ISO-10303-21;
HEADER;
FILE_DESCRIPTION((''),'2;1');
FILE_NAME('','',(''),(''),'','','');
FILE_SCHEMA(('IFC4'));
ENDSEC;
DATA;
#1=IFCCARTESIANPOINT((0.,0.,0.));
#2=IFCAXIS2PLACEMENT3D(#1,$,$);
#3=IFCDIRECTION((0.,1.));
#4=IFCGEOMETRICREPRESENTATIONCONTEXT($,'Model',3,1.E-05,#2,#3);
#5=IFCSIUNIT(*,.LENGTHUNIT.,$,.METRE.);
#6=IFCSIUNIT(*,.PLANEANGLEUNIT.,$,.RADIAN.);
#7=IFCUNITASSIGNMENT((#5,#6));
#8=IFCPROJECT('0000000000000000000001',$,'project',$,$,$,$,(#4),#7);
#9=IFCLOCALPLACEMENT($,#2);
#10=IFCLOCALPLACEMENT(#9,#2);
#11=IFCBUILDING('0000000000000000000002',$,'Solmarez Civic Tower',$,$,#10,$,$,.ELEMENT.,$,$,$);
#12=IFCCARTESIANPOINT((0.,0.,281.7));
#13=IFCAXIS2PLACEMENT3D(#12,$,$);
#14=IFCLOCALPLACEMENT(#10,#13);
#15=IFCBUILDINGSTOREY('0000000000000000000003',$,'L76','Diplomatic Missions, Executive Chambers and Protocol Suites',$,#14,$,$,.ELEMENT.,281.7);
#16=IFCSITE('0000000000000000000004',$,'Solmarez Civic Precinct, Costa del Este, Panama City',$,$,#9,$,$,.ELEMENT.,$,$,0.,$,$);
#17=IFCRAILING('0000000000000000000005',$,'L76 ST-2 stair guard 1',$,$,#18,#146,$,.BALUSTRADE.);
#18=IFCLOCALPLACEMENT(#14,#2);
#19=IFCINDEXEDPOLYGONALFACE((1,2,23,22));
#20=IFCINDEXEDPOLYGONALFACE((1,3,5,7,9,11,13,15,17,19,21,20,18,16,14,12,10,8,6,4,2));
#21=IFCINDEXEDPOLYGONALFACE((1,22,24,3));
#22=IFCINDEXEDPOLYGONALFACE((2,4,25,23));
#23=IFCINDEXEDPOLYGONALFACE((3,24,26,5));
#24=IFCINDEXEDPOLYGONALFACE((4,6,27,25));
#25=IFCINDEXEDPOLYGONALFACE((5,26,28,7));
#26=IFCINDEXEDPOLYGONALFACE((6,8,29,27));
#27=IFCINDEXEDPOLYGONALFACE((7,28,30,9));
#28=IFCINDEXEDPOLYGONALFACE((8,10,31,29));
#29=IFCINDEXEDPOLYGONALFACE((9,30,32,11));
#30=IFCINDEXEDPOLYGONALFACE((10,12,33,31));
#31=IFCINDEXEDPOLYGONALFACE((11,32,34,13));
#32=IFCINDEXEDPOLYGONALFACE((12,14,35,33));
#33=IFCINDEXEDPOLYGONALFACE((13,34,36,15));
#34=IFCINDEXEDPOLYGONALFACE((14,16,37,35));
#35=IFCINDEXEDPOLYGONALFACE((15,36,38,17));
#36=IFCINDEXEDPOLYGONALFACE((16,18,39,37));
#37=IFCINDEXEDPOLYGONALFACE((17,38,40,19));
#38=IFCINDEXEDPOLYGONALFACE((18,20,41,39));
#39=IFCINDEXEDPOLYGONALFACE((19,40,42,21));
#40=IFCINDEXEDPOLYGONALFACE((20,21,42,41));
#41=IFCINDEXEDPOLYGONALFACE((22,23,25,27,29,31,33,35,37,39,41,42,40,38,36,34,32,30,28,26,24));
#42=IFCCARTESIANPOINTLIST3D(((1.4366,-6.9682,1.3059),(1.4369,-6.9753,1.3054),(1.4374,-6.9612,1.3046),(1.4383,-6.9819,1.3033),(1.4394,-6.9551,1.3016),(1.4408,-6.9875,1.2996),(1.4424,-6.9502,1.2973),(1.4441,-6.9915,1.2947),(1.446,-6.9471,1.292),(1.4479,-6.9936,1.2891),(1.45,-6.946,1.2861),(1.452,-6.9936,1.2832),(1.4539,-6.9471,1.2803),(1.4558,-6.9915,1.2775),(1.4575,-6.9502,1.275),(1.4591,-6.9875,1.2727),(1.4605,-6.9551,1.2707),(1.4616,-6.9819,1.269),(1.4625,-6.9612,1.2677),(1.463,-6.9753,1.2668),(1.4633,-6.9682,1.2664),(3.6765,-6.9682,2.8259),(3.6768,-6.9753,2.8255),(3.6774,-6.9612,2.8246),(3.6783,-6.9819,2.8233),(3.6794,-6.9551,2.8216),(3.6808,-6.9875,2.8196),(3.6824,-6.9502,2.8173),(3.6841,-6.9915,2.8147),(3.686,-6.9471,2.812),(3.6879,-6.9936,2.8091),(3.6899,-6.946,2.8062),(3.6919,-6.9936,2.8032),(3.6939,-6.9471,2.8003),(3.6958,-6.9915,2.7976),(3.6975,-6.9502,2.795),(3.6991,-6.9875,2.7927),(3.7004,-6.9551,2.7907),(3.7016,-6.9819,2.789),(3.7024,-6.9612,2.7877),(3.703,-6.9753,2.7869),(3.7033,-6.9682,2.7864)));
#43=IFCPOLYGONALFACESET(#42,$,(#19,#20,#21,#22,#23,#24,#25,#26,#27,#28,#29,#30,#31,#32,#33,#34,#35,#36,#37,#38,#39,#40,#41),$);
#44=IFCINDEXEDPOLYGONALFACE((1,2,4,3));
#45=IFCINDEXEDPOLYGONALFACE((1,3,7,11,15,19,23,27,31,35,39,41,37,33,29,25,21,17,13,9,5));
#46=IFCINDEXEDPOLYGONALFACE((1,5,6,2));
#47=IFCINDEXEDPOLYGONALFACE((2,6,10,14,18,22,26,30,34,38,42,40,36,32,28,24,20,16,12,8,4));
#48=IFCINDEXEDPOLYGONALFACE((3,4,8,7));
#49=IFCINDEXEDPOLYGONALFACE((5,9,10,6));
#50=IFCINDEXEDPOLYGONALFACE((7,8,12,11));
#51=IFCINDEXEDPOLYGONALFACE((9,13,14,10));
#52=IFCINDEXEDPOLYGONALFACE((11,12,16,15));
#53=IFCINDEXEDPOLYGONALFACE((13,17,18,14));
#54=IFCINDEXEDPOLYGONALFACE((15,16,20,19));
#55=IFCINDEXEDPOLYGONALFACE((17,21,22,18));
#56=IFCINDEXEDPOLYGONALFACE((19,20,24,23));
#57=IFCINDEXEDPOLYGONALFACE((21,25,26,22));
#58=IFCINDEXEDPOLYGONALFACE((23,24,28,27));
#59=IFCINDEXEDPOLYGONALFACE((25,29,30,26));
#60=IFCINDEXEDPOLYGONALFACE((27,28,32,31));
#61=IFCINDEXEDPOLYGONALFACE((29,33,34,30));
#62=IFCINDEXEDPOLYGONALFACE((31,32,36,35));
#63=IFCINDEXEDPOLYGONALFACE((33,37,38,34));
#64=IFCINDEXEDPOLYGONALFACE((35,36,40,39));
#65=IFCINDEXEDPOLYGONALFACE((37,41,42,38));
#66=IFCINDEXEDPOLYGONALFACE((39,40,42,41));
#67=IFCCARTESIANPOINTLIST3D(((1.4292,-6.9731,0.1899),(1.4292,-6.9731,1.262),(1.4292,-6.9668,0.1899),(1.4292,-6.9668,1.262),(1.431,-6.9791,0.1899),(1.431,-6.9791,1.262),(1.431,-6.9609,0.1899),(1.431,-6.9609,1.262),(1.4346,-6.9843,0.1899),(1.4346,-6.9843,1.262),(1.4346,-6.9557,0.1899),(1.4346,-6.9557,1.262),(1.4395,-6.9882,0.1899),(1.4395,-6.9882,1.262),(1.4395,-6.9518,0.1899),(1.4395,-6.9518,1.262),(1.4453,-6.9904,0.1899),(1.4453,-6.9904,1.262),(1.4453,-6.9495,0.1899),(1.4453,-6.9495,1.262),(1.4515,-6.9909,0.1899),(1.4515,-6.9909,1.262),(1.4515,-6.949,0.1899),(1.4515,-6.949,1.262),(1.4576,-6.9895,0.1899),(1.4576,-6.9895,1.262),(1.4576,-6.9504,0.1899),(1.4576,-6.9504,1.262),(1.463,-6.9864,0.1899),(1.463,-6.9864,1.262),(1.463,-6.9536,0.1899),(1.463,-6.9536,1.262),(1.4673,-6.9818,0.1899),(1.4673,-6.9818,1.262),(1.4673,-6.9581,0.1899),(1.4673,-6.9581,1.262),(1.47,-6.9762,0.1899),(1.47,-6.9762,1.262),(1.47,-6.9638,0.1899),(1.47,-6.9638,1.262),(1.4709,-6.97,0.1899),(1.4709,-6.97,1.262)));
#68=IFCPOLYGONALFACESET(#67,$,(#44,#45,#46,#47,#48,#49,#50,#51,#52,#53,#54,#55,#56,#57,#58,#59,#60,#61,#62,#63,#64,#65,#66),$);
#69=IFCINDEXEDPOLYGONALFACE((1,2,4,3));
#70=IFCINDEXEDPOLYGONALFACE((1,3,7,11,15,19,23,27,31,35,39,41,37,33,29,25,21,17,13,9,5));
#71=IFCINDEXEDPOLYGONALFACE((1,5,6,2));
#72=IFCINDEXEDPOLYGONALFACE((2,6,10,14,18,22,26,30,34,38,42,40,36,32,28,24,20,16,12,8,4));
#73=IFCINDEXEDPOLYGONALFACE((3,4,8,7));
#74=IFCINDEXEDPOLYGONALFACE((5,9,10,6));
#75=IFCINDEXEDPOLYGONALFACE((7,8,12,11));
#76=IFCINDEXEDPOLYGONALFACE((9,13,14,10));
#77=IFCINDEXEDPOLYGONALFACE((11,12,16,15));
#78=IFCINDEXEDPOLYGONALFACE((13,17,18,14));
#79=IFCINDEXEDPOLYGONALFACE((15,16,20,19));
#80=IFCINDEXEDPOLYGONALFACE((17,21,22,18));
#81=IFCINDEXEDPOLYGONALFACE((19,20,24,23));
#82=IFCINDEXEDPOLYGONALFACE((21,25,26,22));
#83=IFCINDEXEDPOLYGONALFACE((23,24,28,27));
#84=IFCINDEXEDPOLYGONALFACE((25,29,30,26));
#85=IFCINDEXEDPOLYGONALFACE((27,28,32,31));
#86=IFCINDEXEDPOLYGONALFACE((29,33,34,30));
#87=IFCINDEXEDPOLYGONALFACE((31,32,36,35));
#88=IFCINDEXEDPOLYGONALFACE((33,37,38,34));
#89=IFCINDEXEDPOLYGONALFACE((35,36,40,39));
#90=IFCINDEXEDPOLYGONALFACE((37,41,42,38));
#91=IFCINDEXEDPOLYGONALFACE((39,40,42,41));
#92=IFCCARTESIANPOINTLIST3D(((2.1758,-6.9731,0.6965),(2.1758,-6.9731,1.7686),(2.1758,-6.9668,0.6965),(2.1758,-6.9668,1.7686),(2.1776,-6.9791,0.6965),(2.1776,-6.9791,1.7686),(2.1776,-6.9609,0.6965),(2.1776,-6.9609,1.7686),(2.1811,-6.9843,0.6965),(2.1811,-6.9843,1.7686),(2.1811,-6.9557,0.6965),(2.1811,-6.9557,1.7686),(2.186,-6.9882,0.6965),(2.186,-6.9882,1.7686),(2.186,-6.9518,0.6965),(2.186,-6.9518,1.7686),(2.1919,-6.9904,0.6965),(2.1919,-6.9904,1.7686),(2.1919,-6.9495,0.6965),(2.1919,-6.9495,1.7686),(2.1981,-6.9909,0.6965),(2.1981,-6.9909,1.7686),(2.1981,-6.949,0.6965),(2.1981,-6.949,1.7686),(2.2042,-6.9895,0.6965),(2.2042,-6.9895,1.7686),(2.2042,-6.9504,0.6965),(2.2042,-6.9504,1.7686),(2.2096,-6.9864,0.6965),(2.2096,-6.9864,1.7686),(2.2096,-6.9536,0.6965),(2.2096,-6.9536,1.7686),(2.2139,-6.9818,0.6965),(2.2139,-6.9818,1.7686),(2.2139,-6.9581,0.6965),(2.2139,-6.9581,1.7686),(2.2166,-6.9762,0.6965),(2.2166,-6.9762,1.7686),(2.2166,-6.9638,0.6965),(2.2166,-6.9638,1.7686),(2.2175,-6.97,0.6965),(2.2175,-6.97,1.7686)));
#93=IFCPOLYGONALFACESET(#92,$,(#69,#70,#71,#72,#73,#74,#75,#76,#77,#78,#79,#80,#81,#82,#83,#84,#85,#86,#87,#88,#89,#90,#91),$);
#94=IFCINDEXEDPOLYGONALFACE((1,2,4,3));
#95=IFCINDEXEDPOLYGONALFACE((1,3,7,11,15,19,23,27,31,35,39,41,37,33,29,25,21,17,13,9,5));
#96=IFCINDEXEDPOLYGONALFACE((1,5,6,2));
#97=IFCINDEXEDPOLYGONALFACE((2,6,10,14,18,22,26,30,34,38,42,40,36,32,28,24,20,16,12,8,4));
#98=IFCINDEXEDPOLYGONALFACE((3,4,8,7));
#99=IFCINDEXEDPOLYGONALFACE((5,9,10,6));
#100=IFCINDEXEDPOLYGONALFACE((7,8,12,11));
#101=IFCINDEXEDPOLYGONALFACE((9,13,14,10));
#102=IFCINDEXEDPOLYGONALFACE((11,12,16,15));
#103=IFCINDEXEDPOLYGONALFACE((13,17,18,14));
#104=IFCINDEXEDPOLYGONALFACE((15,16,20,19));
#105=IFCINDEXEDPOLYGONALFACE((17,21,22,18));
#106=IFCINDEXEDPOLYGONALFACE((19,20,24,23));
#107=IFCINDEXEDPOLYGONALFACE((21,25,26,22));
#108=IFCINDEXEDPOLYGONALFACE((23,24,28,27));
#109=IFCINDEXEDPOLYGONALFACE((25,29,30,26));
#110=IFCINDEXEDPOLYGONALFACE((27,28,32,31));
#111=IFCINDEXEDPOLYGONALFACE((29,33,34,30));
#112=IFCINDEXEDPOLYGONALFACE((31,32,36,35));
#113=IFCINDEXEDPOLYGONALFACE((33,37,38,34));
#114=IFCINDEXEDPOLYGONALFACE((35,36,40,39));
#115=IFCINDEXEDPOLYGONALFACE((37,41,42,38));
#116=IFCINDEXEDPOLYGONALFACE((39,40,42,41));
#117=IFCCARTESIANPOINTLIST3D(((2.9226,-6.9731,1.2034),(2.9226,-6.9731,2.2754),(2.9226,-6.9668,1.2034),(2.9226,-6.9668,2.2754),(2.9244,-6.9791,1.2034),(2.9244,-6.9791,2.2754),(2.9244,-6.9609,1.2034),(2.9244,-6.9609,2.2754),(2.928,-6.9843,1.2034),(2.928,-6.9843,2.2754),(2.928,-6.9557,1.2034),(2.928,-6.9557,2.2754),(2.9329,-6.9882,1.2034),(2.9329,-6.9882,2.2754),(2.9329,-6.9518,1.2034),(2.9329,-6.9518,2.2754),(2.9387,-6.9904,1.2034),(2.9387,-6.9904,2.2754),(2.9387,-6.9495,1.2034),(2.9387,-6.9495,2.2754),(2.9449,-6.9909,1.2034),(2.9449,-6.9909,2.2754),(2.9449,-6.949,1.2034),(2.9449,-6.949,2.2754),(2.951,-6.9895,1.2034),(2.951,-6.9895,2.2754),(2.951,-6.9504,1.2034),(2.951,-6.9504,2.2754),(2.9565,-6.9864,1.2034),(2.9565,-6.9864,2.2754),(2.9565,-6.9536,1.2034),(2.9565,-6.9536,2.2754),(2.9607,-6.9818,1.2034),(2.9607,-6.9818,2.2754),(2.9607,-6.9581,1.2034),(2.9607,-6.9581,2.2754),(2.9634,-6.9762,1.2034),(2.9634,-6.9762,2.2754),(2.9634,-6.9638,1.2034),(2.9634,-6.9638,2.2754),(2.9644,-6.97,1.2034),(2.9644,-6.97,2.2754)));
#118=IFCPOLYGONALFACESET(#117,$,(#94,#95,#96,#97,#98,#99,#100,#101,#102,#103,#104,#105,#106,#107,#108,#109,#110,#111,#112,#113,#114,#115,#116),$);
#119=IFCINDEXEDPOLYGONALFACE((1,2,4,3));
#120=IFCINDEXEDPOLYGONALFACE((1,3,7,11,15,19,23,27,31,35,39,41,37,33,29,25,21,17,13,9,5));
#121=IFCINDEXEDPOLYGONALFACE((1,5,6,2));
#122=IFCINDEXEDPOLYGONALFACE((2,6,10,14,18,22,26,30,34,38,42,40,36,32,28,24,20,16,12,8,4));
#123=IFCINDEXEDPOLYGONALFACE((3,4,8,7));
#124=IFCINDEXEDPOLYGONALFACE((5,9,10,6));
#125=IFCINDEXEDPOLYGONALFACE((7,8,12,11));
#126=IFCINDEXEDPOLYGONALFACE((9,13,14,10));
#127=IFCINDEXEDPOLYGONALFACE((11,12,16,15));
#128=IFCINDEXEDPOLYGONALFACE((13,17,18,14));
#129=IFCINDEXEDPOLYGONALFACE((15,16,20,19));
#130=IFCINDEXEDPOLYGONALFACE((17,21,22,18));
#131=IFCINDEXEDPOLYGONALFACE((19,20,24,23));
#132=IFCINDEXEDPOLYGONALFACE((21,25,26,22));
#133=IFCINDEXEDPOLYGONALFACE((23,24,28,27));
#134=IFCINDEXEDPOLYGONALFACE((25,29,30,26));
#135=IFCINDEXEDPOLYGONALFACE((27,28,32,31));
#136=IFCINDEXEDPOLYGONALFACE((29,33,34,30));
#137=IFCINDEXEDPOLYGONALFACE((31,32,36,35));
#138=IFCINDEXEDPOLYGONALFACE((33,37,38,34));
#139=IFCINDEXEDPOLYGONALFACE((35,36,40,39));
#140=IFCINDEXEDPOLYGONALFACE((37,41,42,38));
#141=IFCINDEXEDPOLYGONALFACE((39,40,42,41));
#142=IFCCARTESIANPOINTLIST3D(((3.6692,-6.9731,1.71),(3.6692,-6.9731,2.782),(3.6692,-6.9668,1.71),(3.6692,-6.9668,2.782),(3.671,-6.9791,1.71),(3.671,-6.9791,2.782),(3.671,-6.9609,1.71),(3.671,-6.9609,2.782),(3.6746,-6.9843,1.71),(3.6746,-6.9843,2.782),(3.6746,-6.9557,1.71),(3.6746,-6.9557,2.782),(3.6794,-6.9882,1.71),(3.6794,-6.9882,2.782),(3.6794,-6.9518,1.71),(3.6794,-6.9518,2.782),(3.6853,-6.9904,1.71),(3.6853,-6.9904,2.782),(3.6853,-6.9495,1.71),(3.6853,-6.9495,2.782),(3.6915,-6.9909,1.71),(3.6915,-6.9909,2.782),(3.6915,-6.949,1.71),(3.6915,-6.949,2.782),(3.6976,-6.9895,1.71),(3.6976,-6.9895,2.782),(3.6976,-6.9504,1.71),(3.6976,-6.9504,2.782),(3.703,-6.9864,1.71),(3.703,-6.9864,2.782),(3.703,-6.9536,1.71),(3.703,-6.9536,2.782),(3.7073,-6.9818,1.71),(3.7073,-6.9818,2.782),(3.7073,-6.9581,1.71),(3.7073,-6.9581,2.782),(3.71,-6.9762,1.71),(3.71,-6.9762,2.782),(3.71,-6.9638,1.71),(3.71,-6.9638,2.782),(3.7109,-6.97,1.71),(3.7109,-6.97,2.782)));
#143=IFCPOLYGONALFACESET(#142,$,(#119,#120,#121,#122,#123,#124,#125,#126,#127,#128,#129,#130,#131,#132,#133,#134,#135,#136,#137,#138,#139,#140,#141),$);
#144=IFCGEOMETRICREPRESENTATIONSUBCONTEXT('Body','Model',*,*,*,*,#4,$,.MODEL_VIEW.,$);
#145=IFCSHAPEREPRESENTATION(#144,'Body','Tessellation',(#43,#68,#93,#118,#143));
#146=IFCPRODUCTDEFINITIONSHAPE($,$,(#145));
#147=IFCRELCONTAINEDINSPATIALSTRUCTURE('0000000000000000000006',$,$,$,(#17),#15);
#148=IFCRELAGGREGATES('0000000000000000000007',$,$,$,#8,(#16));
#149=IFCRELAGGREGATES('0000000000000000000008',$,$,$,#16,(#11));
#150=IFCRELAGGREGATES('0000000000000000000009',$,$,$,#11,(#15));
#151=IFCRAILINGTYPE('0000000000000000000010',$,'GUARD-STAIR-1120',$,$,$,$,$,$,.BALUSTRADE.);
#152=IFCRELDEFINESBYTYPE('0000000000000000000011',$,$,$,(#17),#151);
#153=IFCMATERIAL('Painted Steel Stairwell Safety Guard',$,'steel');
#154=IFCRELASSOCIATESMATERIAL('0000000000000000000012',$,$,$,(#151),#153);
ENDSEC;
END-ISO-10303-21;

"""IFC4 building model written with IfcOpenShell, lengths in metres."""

from ifc_helpers import new_model, si_unit, direction, frame, origin, origin_2d, place, context, subcontext, project, spatial, circle, extrude, material, type_object, element, save


model = new_model("IFC4")

# Units and contexts
model_context = context("Model", 3, precision=1e-05, world=origin(), true_north=direction((0.0, 1.0)))
body_context = subcontext(model_context, "Body", "Model", "MODEL_VIEW")
ifc_project = project(units=[si_unit("LENGTHUNIT", "METRE"), si_unit("PLANEANGLEUNIT", "RADIAN")], contexts=[model_context])

# Site, building, storey
site_placement = place(None, origin())
site = spatial("IfcSite", under=ifc_project, at=site_placement, Name="Solmarez Civic Precinct, Costa del Este, Panama City", CompositionType="ELEMENT", RefElevation=0.0)
building_placement = place(site_placement, origin())
building = spatial("IfcBuilding", under=site, at=building_placement, Name="Solmarez Civic Tower", CompositionType="ELEMENT")
storey_placement = place(building_placement, frame((0.0, 0.0, 281.7)))
storey = spatial("IfcBuildingStorey", under=building, at=storey_placement, Name="L76", Description="Diplomatic Missions, Executive Chambers and Protocol Suites", CompositionType="ELEMENT", Elevation=281.7)

# Railing
ifc_material_1 = material(Name="Painted Steel Stairwell Safety Guard", Category="steel")
railing_type_1 = type_object("IfcRailingType", Name="GUARD-STAIR-1120", PredefinedType="BALUSTRADE", material=ifc_material_1)
railing_1_placement = place(storey_placement, frame((1.45, -6.97, 0.1899)))
element("IfcRailing", 1, at=railing_1_placement, inside=storey, type_object=railing_type_1, Name="L76 ST-2 stair guard 1", PredefinedType="BALUSTRADE", context=body_context, shape_type="SweptSolid", body=[
    extrude(circle(Radius=0.0239, at=origin_2d()), frame((0.0, 0.0, 1.0962), z_axis=(0.827471, 0.0, 0.561508), x_axis=(0.0, 1.0, 0.0)), (0.0, 0.0, 1.0), 2.707),
    extrude(circle(Radius=0.021, at=origin_2d()), origin(), (0.0, 0.0, 1.0), 1.072),
    extrude(circle(Radius=0.021, at=origin_2d()), frame((0.7466, 0.0, 0.5066)), (0.0, 0.0, 1.0), 1.072),
    extrude(circle(Radius=0.021, at=origin_2d()), frame((1.4934, 0.0, 1.0134)), (0.0, 0.0, 1.0), 1.072),
    extrude(circle(Radius=0.021, at=origin_2d()), frame((2.24, 0.0, 1.52)), (0.0, 0.0, 1.0), 1.072),
])

save(model, "model.ifc")
